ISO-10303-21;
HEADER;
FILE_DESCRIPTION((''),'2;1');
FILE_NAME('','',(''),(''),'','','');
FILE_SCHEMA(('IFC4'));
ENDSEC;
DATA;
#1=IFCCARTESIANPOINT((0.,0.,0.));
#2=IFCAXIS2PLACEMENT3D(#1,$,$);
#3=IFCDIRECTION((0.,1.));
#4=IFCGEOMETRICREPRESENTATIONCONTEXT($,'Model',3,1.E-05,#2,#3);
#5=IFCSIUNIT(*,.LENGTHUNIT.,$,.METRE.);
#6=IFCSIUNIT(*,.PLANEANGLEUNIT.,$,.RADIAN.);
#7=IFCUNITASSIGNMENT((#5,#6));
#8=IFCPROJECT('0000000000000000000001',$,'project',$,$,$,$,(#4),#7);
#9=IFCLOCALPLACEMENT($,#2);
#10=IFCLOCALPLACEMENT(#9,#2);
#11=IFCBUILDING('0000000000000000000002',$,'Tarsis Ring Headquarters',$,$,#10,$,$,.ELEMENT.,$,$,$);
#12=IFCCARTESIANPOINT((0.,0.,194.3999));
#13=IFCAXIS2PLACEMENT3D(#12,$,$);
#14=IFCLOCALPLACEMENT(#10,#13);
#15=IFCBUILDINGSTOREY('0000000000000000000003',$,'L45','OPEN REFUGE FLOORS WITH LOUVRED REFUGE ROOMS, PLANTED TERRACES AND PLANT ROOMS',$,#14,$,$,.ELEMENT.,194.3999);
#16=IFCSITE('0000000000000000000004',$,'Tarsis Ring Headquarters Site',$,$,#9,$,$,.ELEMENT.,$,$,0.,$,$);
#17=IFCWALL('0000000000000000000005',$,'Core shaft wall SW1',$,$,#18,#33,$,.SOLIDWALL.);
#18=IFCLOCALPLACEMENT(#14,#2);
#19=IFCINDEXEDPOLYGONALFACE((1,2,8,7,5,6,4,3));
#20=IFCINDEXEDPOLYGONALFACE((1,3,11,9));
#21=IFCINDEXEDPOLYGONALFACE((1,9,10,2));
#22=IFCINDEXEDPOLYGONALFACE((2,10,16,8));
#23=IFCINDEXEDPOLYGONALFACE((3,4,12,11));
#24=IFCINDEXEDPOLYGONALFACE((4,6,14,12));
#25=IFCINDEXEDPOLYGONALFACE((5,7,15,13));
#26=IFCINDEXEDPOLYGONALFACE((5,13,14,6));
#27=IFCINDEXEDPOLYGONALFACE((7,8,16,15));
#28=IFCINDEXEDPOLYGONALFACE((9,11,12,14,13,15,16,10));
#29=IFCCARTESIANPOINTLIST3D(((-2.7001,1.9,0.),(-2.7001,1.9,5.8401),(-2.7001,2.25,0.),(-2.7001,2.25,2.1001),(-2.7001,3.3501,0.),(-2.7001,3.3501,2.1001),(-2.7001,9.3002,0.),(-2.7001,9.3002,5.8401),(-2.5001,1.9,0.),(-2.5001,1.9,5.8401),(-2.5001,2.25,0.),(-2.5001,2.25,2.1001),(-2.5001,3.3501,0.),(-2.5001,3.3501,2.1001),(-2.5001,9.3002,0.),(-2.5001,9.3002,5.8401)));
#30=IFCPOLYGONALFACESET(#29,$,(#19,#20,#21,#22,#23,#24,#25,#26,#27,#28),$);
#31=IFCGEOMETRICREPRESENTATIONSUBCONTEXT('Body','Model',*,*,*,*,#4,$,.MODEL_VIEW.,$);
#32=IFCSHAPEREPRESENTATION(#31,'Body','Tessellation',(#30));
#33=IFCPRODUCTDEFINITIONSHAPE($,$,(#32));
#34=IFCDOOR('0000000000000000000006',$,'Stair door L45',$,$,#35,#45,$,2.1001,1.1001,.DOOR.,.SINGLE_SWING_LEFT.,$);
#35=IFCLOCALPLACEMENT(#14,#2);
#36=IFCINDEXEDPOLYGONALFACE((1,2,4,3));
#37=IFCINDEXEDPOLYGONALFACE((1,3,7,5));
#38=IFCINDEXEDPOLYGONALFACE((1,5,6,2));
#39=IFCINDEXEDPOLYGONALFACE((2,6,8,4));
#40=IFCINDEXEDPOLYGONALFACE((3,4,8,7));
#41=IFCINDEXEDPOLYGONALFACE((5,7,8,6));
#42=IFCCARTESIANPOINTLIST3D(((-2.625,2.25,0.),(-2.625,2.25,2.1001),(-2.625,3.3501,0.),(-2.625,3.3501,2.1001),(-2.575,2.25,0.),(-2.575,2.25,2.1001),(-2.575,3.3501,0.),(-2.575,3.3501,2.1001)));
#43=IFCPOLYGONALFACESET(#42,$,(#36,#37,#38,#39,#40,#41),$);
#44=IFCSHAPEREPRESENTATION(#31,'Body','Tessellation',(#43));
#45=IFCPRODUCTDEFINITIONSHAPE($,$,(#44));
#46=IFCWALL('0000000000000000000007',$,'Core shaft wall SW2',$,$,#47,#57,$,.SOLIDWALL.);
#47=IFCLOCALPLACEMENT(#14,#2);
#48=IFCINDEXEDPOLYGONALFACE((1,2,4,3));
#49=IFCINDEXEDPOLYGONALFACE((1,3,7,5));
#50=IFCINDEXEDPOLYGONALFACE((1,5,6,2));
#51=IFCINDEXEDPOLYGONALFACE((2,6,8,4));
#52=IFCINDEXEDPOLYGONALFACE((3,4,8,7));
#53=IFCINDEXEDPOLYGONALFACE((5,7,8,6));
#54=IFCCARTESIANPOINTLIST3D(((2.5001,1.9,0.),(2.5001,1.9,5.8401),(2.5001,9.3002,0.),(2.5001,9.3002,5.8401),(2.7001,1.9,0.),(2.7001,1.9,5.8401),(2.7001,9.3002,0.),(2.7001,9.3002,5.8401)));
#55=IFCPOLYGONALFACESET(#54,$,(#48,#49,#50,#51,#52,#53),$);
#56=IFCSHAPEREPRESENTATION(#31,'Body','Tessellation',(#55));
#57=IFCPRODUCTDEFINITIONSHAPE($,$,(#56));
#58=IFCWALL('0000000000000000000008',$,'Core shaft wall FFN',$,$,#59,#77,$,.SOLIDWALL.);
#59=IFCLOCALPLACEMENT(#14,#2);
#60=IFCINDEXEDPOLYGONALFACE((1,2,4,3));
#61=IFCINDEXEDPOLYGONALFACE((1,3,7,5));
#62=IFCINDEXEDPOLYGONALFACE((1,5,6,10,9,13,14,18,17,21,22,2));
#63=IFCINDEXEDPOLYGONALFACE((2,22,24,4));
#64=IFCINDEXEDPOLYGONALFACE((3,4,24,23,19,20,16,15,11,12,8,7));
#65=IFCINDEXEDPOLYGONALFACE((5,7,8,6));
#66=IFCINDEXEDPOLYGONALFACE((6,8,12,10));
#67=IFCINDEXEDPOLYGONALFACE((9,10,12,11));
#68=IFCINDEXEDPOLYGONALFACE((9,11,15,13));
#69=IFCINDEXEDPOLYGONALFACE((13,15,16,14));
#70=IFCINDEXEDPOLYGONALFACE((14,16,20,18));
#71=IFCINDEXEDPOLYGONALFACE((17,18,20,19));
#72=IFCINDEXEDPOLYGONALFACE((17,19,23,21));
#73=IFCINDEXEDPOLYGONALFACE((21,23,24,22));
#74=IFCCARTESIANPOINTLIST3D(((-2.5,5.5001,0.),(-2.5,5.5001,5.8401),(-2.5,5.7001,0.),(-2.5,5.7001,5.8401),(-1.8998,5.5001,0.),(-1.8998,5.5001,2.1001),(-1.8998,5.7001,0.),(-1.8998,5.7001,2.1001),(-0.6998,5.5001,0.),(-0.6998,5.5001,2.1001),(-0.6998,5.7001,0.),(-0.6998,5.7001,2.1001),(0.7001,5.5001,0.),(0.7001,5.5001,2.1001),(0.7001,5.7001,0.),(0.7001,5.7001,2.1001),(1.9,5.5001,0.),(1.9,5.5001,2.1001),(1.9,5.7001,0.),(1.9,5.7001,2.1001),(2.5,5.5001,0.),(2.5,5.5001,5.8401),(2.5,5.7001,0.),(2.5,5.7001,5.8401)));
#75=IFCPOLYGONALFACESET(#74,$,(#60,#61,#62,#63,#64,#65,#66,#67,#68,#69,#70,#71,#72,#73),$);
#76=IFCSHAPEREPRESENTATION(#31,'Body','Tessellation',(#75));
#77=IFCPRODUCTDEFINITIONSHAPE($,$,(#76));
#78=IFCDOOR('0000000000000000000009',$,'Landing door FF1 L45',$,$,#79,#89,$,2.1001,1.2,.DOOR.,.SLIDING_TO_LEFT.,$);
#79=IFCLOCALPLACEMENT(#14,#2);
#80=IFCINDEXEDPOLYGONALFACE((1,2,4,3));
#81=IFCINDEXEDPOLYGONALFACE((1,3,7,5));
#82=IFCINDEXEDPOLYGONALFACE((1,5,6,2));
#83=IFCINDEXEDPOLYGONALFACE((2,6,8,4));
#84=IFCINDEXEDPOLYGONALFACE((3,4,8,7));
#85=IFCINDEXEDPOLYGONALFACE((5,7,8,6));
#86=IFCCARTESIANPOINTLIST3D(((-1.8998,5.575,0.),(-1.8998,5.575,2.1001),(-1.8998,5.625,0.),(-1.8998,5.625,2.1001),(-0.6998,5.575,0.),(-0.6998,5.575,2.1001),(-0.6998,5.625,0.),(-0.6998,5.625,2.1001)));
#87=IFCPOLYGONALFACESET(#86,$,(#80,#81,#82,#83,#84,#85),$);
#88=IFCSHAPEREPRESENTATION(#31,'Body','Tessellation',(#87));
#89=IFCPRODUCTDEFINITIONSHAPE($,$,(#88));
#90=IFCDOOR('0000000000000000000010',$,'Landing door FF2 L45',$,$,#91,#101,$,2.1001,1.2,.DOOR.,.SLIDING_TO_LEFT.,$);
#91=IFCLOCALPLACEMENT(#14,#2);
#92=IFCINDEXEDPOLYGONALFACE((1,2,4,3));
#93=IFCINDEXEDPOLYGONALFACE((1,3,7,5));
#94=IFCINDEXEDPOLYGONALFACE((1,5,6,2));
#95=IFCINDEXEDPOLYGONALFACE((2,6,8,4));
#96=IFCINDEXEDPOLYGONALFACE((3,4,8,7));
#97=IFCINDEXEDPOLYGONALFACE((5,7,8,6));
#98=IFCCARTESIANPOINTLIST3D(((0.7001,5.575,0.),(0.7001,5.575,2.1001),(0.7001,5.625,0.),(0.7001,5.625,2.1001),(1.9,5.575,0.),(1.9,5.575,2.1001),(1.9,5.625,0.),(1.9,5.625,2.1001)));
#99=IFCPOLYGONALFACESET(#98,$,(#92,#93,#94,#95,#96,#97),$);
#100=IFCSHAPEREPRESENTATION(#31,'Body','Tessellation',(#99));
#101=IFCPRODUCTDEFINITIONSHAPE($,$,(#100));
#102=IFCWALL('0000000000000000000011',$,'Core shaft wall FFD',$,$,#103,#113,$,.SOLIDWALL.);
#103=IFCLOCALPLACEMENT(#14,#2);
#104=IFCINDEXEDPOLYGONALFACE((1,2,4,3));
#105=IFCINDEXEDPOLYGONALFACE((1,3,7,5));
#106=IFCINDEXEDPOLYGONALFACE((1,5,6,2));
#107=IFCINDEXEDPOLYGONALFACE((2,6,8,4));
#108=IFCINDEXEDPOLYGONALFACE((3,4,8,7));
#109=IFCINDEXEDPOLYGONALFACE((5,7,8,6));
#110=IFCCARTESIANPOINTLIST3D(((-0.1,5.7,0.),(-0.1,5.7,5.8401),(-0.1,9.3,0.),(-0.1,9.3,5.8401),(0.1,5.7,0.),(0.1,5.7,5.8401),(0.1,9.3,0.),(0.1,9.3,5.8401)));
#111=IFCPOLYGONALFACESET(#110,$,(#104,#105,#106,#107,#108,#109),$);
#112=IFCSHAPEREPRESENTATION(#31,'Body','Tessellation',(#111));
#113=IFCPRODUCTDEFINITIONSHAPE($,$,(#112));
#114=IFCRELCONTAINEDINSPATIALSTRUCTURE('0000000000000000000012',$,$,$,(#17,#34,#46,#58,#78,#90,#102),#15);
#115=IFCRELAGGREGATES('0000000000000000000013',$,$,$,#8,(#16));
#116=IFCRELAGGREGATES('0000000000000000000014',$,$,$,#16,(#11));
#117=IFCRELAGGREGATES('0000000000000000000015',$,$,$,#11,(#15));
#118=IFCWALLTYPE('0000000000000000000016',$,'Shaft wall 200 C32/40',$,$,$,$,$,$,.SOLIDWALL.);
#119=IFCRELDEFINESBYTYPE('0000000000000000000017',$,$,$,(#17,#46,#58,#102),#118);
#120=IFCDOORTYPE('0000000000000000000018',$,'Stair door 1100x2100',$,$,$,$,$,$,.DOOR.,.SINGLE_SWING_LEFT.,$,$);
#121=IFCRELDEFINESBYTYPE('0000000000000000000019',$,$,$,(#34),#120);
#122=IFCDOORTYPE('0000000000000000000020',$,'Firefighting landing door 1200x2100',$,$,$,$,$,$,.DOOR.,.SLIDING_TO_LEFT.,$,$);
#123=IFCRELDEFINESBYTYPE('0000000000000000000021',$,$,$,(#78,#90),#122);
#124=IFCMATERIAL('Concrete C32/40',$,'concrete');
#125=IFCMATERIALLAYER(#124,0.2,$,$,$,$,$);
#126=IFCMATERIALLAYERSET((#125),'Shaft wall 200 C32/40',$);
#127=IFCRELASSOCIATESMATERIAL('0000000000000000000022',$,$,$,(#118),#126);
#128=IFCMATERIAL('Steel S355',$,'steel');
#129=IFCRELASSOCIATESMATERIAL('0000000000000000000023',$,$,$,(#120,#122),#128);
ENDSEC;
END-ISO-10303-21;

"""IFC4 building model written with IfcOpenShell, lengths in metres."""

from ifc_helpers import new_model, si_unit, direction, frame, frame_2d, origin, place, context, subcontext, project, spatial, rectangle, extrude, material, layer, layer_set, type_object, element, fill, save


model = new_model("IFC4")

# Units and contexts
model_context = context("Model", 3, precision=1e-05, world=origin(), true_north=direction((0.0, 1.0)))
body_context = subcontext(model_context, "Body", "Model", "MODEL_VIEW")
ifc_project = project(units=[si_unit("LENGTHUNIT", "METRE"), si_unit("PLANEANGLEUNIT", "RADIAN")], contexts=[model_context])

# Site, building, storey
site_placement = place(None, origin())
site = spatial("IfcSite", under=ifc_project, at=site_placement, Name="Tarsis Ring Headquarters Site", CompositionType="ELEMENT", RefElevation=0.0)
building_placement = place(site_placement, origin())
building = spatial("IfcBuilding", under=site, at=building_placement, Name="Tarsis Ring Headquarters", CompositionType="ELEMENT")
storey_placement = place(building_placement, frame((0.0, 0.0, 194.3999)))
storey = spatial("IfcBuildingStorey", under=building, at=storey_placement, Name="L45", Description="OPEN REFUGE FLOORS WITH LOUVRED REFUGE ROOMS, PLANTED TERRACES AND PLANT ROOMS", CompositionType="ELEMENT", Elevation=194.3999)

# Shared definitions
ifc_material_1 = material(Name="Concrete C32/40", Category="concrete")
ifc_layer_1 = layer(ifc_material_1, 0.2)
ifc_layer_set_1 = layer_set([ifc_layer_1], Name="Shaft wall 200 C32/40")
wall_type_1 = type_object("IfcWallType", Name="Shaft wall 200 C32/40", PredefinedType="SOLIDWALL", material=ifc_layer_set_1)

# Wall, opening, door
wall_1_placement = place(storey_placement, frame((-2.6001, 1.8999, 0.0), z_axis=(0.0, 0.0, 1.0), x_axis=(0.0, 1.0, 0.0)))
wall_1 = element("IfcWall", 1, at=wall_1_placement, inside=storey, type_object=wall_type_1, Name="Core shaft wall SW1", PredefinedType="SOLIDWALL", context=body_context, shape_type="SweptSolid", body=[
    extrude(rectangle(XDim=7.4001, YDim=0.2, at=frame_2d((3.7002, 0.0))), origin(), (0.0, 0.0, 1.0), 5.8401),
])
opening_1_placement = place(wall_1_placement, frame((0.3501, 0.0, 0.0)))
opening_1 = element("IfcOpeningElement", 2, at=opening_1_placement, cuts=wall_1, PredefinedType="OPENING", context=body_context, shape_type="SweptSolid", body=[
    extrude(rectangle(XDim=1.1001, YDim=2.1001, at=frame_2d((0.55, 1.05))), frame((0.0, 0.1099, 0.0), z_axis=(0.0, -1.0, 0.0), x_axis=(1.0, 0.0, 0.0)), (0.0, 0.0, 1.0), 0.22),
])
ifc_material_2 = material(Name="Steel S355", Category="steel")
door_type_1 = type_object("IfcDoorType", Name="Stair door 1100x2100", OperationType="SINGLE_SWING_LEFT", PredefinedType="DOOR", material=ifc_material_2)
door_1_placement = place(opening_1_placement, origin())
door_1 = element("IfcDoor", 3, at=door_1_placement, inside=storey, type_object=door_type_1, Name="Stair door L45", OperationType="SINGLE_SWING_LEFT", OverallHeight=2.1001, OverallWidth=1.1001, PredefinedType="DOOR", context=body_context, shape_type="SweptSolid", body=[
    extrude(rectangle(XDim=1.1001, YDim=2.1001, at=frame_2d((0.55, 1.05))), frame((0.0, 0.0249, 0.0), z_axis=(0.0, -1.0, 0.0), x_axis=(1.0, 0.0, 0.0)), (0.0, 0.0, 1.0), 0.05),
])
fill(opening_1, door_1)

# Wall
wall_2_placement = place(storey_placement, frame((2.6001, 1.8999, 0.0), z_axis=(0.0, 0.0, 1.0), x_axis=(0.0, 1.0, 0.0)))
element("IfcWall", 4, at=wall_2_placement, inside=storey, type_object=wall_type_1, Name="Core shaft wall SW2", PredefinedType="SOLIDWALL", context=body_context, shape_type="SweptSolid", body=[
    extrude(rectangle(XDim=7.4001, YDim=0.2, at=frame_2d((3.7002, 0.0))), origin(), (0.0, 0.0, 1.0), 5.8401),
])

# Wall, openings, doors
wall_3_placement = place(storey_placement, frame((-2.5, 5.6001, 0.0), z_axis=(0.0, 0.0, 1.0), x_axis=(1.0, 0.0, 0.0)))
wall_3 = element("IfcWall", 5, at=wall_3_placement, inside=storey, type_object=wall_type_1, Name="Core shaft wall FFN", PredefinedType="SOLIDWALL", context=body_context, shape_type="SweptSolid", body=[
    extrude(rectangle(XDim=5.0, YDim=0.2, at=frame_2d((2.5, 0.0))), origin(), (0.0, 0.0, 1.0), 5.8401),
])
opening_2_placement = place(wall_3_placement, frame((0.6001, 0.0, 0.0)))
opening_2 = element("IfcOpeningElement", 6, at=opening_2_placement, cuts=wall_3, PredefinedType="OPENING", context=body_context, shape_type="SweptSolid", body=[
    extrude(rectangle(XDim=1.2, YDim=2.1001, at=frame_2d((0.6001, 1.05))), frame((0.0, 0.1099, 0.0), z_axis=(0.0, -1.0, 0.0), x_axis=(1.0, 0.0, 0.0)), (0.0, 0.0, 1.0), 0.22),
])
opening_3_placement = place(wall_3_placement, frame((3.2, 0.0, 0.0)))
opening_3 = element("IfcOpeningElement", 7, at=opening_3_placement, cuts=wall_3, PredefinedType="OPENING", context=body_context, shape_type="SweptSolid", body=[
    extrude(rectangle(XDim=1.2, YDim=2.1001, at=frame_2d((0.6001, 1.05))), frame((0.0, 0.1099, 0.0), z_axis=(0.0, -1.0, 0.0), x_axis=(1.0, 0.0, 0.0)), (0.0, 0.0, 1.0), 0.22),
])
door_type_2 = type_object("IfcDoorType", Name="Firefighting landing door 1200x2100", OperationType="SLIDING_TO_LEFT", PredefinedType="DOOR", material=ifc_material_2)
door_2_placement = place(opening_2_placement, origin())
door_2 = element("IfcDoor", 8, at=door_2_placement, inside=storey, type_object=door_type_2, Name="Landing door FF1 L45", OperationType="SLIDING_TO_LEFT", OverallHeight=2.1001, OverallWidth=1.2, PredefinedType="DOOR", context=body_context, shape_type="SweptSolid", body=[
    extrude(rectangle(XDim=1.2, YDim=2.1001, at=frame_2d((0.6001, 1.05))), frame((0.0, 0.0249, 0.0), z_axis=(0.0, -1.0, 0.0), x_axis=(1.0, 0.0, 0.0)), (0.0, 0.0, 1.0), 0.05),
])
fill(opening_2, door_2)
door_3_placement = place(opening_3_placement, origin())
door_3 = element("IfcDoor", 9, at=door_3_placement, inside=storey, type_object=door_type_2, Name="Landing door FF2 L45", OperationType="SLIDING_TO_LEFT", OverallHeight=2.1001, OverallWidth=1.2, PredefinedType="DOOR", context=body_context, shape_type="SweptSolid", body=[
    extrude(rectangle(XDim=1.2, YDim=2.1001, at=frame_2d((0.6001, 1.05))), frame((0.0, 0.0249, 0.0), z_axis=(0.0, -1.0, 0.0), x_axis=(1.0, 0.0, 0.0)), (0.0, 0.0, 1.0), 0.05),
])
fill(opening_3, door_3)

# Wall
wall_4_placement = place(storey_placement, frame((0.0, 5.7, 0.0), z_axis=(0.0, 0.0, 1.0), x_axis=(0.0, 1.0, 0.0)))
element("IfcWall", 10, at=wall_4_placement, inside=storey, type_object=wall_type_1, Name="Core shaft wall FFD", PredefinedType="SOLIDWALL", context=body_context, shape_type="SweptSolid", body=[
    extrude(rectangle(XDim=3.6001, YDim=0.2, at=frame_2d((1.8, 0.0))), origin(), (0.0, 0.0, 1.0), 5.8401),
])

save(model, "model.ifc")
